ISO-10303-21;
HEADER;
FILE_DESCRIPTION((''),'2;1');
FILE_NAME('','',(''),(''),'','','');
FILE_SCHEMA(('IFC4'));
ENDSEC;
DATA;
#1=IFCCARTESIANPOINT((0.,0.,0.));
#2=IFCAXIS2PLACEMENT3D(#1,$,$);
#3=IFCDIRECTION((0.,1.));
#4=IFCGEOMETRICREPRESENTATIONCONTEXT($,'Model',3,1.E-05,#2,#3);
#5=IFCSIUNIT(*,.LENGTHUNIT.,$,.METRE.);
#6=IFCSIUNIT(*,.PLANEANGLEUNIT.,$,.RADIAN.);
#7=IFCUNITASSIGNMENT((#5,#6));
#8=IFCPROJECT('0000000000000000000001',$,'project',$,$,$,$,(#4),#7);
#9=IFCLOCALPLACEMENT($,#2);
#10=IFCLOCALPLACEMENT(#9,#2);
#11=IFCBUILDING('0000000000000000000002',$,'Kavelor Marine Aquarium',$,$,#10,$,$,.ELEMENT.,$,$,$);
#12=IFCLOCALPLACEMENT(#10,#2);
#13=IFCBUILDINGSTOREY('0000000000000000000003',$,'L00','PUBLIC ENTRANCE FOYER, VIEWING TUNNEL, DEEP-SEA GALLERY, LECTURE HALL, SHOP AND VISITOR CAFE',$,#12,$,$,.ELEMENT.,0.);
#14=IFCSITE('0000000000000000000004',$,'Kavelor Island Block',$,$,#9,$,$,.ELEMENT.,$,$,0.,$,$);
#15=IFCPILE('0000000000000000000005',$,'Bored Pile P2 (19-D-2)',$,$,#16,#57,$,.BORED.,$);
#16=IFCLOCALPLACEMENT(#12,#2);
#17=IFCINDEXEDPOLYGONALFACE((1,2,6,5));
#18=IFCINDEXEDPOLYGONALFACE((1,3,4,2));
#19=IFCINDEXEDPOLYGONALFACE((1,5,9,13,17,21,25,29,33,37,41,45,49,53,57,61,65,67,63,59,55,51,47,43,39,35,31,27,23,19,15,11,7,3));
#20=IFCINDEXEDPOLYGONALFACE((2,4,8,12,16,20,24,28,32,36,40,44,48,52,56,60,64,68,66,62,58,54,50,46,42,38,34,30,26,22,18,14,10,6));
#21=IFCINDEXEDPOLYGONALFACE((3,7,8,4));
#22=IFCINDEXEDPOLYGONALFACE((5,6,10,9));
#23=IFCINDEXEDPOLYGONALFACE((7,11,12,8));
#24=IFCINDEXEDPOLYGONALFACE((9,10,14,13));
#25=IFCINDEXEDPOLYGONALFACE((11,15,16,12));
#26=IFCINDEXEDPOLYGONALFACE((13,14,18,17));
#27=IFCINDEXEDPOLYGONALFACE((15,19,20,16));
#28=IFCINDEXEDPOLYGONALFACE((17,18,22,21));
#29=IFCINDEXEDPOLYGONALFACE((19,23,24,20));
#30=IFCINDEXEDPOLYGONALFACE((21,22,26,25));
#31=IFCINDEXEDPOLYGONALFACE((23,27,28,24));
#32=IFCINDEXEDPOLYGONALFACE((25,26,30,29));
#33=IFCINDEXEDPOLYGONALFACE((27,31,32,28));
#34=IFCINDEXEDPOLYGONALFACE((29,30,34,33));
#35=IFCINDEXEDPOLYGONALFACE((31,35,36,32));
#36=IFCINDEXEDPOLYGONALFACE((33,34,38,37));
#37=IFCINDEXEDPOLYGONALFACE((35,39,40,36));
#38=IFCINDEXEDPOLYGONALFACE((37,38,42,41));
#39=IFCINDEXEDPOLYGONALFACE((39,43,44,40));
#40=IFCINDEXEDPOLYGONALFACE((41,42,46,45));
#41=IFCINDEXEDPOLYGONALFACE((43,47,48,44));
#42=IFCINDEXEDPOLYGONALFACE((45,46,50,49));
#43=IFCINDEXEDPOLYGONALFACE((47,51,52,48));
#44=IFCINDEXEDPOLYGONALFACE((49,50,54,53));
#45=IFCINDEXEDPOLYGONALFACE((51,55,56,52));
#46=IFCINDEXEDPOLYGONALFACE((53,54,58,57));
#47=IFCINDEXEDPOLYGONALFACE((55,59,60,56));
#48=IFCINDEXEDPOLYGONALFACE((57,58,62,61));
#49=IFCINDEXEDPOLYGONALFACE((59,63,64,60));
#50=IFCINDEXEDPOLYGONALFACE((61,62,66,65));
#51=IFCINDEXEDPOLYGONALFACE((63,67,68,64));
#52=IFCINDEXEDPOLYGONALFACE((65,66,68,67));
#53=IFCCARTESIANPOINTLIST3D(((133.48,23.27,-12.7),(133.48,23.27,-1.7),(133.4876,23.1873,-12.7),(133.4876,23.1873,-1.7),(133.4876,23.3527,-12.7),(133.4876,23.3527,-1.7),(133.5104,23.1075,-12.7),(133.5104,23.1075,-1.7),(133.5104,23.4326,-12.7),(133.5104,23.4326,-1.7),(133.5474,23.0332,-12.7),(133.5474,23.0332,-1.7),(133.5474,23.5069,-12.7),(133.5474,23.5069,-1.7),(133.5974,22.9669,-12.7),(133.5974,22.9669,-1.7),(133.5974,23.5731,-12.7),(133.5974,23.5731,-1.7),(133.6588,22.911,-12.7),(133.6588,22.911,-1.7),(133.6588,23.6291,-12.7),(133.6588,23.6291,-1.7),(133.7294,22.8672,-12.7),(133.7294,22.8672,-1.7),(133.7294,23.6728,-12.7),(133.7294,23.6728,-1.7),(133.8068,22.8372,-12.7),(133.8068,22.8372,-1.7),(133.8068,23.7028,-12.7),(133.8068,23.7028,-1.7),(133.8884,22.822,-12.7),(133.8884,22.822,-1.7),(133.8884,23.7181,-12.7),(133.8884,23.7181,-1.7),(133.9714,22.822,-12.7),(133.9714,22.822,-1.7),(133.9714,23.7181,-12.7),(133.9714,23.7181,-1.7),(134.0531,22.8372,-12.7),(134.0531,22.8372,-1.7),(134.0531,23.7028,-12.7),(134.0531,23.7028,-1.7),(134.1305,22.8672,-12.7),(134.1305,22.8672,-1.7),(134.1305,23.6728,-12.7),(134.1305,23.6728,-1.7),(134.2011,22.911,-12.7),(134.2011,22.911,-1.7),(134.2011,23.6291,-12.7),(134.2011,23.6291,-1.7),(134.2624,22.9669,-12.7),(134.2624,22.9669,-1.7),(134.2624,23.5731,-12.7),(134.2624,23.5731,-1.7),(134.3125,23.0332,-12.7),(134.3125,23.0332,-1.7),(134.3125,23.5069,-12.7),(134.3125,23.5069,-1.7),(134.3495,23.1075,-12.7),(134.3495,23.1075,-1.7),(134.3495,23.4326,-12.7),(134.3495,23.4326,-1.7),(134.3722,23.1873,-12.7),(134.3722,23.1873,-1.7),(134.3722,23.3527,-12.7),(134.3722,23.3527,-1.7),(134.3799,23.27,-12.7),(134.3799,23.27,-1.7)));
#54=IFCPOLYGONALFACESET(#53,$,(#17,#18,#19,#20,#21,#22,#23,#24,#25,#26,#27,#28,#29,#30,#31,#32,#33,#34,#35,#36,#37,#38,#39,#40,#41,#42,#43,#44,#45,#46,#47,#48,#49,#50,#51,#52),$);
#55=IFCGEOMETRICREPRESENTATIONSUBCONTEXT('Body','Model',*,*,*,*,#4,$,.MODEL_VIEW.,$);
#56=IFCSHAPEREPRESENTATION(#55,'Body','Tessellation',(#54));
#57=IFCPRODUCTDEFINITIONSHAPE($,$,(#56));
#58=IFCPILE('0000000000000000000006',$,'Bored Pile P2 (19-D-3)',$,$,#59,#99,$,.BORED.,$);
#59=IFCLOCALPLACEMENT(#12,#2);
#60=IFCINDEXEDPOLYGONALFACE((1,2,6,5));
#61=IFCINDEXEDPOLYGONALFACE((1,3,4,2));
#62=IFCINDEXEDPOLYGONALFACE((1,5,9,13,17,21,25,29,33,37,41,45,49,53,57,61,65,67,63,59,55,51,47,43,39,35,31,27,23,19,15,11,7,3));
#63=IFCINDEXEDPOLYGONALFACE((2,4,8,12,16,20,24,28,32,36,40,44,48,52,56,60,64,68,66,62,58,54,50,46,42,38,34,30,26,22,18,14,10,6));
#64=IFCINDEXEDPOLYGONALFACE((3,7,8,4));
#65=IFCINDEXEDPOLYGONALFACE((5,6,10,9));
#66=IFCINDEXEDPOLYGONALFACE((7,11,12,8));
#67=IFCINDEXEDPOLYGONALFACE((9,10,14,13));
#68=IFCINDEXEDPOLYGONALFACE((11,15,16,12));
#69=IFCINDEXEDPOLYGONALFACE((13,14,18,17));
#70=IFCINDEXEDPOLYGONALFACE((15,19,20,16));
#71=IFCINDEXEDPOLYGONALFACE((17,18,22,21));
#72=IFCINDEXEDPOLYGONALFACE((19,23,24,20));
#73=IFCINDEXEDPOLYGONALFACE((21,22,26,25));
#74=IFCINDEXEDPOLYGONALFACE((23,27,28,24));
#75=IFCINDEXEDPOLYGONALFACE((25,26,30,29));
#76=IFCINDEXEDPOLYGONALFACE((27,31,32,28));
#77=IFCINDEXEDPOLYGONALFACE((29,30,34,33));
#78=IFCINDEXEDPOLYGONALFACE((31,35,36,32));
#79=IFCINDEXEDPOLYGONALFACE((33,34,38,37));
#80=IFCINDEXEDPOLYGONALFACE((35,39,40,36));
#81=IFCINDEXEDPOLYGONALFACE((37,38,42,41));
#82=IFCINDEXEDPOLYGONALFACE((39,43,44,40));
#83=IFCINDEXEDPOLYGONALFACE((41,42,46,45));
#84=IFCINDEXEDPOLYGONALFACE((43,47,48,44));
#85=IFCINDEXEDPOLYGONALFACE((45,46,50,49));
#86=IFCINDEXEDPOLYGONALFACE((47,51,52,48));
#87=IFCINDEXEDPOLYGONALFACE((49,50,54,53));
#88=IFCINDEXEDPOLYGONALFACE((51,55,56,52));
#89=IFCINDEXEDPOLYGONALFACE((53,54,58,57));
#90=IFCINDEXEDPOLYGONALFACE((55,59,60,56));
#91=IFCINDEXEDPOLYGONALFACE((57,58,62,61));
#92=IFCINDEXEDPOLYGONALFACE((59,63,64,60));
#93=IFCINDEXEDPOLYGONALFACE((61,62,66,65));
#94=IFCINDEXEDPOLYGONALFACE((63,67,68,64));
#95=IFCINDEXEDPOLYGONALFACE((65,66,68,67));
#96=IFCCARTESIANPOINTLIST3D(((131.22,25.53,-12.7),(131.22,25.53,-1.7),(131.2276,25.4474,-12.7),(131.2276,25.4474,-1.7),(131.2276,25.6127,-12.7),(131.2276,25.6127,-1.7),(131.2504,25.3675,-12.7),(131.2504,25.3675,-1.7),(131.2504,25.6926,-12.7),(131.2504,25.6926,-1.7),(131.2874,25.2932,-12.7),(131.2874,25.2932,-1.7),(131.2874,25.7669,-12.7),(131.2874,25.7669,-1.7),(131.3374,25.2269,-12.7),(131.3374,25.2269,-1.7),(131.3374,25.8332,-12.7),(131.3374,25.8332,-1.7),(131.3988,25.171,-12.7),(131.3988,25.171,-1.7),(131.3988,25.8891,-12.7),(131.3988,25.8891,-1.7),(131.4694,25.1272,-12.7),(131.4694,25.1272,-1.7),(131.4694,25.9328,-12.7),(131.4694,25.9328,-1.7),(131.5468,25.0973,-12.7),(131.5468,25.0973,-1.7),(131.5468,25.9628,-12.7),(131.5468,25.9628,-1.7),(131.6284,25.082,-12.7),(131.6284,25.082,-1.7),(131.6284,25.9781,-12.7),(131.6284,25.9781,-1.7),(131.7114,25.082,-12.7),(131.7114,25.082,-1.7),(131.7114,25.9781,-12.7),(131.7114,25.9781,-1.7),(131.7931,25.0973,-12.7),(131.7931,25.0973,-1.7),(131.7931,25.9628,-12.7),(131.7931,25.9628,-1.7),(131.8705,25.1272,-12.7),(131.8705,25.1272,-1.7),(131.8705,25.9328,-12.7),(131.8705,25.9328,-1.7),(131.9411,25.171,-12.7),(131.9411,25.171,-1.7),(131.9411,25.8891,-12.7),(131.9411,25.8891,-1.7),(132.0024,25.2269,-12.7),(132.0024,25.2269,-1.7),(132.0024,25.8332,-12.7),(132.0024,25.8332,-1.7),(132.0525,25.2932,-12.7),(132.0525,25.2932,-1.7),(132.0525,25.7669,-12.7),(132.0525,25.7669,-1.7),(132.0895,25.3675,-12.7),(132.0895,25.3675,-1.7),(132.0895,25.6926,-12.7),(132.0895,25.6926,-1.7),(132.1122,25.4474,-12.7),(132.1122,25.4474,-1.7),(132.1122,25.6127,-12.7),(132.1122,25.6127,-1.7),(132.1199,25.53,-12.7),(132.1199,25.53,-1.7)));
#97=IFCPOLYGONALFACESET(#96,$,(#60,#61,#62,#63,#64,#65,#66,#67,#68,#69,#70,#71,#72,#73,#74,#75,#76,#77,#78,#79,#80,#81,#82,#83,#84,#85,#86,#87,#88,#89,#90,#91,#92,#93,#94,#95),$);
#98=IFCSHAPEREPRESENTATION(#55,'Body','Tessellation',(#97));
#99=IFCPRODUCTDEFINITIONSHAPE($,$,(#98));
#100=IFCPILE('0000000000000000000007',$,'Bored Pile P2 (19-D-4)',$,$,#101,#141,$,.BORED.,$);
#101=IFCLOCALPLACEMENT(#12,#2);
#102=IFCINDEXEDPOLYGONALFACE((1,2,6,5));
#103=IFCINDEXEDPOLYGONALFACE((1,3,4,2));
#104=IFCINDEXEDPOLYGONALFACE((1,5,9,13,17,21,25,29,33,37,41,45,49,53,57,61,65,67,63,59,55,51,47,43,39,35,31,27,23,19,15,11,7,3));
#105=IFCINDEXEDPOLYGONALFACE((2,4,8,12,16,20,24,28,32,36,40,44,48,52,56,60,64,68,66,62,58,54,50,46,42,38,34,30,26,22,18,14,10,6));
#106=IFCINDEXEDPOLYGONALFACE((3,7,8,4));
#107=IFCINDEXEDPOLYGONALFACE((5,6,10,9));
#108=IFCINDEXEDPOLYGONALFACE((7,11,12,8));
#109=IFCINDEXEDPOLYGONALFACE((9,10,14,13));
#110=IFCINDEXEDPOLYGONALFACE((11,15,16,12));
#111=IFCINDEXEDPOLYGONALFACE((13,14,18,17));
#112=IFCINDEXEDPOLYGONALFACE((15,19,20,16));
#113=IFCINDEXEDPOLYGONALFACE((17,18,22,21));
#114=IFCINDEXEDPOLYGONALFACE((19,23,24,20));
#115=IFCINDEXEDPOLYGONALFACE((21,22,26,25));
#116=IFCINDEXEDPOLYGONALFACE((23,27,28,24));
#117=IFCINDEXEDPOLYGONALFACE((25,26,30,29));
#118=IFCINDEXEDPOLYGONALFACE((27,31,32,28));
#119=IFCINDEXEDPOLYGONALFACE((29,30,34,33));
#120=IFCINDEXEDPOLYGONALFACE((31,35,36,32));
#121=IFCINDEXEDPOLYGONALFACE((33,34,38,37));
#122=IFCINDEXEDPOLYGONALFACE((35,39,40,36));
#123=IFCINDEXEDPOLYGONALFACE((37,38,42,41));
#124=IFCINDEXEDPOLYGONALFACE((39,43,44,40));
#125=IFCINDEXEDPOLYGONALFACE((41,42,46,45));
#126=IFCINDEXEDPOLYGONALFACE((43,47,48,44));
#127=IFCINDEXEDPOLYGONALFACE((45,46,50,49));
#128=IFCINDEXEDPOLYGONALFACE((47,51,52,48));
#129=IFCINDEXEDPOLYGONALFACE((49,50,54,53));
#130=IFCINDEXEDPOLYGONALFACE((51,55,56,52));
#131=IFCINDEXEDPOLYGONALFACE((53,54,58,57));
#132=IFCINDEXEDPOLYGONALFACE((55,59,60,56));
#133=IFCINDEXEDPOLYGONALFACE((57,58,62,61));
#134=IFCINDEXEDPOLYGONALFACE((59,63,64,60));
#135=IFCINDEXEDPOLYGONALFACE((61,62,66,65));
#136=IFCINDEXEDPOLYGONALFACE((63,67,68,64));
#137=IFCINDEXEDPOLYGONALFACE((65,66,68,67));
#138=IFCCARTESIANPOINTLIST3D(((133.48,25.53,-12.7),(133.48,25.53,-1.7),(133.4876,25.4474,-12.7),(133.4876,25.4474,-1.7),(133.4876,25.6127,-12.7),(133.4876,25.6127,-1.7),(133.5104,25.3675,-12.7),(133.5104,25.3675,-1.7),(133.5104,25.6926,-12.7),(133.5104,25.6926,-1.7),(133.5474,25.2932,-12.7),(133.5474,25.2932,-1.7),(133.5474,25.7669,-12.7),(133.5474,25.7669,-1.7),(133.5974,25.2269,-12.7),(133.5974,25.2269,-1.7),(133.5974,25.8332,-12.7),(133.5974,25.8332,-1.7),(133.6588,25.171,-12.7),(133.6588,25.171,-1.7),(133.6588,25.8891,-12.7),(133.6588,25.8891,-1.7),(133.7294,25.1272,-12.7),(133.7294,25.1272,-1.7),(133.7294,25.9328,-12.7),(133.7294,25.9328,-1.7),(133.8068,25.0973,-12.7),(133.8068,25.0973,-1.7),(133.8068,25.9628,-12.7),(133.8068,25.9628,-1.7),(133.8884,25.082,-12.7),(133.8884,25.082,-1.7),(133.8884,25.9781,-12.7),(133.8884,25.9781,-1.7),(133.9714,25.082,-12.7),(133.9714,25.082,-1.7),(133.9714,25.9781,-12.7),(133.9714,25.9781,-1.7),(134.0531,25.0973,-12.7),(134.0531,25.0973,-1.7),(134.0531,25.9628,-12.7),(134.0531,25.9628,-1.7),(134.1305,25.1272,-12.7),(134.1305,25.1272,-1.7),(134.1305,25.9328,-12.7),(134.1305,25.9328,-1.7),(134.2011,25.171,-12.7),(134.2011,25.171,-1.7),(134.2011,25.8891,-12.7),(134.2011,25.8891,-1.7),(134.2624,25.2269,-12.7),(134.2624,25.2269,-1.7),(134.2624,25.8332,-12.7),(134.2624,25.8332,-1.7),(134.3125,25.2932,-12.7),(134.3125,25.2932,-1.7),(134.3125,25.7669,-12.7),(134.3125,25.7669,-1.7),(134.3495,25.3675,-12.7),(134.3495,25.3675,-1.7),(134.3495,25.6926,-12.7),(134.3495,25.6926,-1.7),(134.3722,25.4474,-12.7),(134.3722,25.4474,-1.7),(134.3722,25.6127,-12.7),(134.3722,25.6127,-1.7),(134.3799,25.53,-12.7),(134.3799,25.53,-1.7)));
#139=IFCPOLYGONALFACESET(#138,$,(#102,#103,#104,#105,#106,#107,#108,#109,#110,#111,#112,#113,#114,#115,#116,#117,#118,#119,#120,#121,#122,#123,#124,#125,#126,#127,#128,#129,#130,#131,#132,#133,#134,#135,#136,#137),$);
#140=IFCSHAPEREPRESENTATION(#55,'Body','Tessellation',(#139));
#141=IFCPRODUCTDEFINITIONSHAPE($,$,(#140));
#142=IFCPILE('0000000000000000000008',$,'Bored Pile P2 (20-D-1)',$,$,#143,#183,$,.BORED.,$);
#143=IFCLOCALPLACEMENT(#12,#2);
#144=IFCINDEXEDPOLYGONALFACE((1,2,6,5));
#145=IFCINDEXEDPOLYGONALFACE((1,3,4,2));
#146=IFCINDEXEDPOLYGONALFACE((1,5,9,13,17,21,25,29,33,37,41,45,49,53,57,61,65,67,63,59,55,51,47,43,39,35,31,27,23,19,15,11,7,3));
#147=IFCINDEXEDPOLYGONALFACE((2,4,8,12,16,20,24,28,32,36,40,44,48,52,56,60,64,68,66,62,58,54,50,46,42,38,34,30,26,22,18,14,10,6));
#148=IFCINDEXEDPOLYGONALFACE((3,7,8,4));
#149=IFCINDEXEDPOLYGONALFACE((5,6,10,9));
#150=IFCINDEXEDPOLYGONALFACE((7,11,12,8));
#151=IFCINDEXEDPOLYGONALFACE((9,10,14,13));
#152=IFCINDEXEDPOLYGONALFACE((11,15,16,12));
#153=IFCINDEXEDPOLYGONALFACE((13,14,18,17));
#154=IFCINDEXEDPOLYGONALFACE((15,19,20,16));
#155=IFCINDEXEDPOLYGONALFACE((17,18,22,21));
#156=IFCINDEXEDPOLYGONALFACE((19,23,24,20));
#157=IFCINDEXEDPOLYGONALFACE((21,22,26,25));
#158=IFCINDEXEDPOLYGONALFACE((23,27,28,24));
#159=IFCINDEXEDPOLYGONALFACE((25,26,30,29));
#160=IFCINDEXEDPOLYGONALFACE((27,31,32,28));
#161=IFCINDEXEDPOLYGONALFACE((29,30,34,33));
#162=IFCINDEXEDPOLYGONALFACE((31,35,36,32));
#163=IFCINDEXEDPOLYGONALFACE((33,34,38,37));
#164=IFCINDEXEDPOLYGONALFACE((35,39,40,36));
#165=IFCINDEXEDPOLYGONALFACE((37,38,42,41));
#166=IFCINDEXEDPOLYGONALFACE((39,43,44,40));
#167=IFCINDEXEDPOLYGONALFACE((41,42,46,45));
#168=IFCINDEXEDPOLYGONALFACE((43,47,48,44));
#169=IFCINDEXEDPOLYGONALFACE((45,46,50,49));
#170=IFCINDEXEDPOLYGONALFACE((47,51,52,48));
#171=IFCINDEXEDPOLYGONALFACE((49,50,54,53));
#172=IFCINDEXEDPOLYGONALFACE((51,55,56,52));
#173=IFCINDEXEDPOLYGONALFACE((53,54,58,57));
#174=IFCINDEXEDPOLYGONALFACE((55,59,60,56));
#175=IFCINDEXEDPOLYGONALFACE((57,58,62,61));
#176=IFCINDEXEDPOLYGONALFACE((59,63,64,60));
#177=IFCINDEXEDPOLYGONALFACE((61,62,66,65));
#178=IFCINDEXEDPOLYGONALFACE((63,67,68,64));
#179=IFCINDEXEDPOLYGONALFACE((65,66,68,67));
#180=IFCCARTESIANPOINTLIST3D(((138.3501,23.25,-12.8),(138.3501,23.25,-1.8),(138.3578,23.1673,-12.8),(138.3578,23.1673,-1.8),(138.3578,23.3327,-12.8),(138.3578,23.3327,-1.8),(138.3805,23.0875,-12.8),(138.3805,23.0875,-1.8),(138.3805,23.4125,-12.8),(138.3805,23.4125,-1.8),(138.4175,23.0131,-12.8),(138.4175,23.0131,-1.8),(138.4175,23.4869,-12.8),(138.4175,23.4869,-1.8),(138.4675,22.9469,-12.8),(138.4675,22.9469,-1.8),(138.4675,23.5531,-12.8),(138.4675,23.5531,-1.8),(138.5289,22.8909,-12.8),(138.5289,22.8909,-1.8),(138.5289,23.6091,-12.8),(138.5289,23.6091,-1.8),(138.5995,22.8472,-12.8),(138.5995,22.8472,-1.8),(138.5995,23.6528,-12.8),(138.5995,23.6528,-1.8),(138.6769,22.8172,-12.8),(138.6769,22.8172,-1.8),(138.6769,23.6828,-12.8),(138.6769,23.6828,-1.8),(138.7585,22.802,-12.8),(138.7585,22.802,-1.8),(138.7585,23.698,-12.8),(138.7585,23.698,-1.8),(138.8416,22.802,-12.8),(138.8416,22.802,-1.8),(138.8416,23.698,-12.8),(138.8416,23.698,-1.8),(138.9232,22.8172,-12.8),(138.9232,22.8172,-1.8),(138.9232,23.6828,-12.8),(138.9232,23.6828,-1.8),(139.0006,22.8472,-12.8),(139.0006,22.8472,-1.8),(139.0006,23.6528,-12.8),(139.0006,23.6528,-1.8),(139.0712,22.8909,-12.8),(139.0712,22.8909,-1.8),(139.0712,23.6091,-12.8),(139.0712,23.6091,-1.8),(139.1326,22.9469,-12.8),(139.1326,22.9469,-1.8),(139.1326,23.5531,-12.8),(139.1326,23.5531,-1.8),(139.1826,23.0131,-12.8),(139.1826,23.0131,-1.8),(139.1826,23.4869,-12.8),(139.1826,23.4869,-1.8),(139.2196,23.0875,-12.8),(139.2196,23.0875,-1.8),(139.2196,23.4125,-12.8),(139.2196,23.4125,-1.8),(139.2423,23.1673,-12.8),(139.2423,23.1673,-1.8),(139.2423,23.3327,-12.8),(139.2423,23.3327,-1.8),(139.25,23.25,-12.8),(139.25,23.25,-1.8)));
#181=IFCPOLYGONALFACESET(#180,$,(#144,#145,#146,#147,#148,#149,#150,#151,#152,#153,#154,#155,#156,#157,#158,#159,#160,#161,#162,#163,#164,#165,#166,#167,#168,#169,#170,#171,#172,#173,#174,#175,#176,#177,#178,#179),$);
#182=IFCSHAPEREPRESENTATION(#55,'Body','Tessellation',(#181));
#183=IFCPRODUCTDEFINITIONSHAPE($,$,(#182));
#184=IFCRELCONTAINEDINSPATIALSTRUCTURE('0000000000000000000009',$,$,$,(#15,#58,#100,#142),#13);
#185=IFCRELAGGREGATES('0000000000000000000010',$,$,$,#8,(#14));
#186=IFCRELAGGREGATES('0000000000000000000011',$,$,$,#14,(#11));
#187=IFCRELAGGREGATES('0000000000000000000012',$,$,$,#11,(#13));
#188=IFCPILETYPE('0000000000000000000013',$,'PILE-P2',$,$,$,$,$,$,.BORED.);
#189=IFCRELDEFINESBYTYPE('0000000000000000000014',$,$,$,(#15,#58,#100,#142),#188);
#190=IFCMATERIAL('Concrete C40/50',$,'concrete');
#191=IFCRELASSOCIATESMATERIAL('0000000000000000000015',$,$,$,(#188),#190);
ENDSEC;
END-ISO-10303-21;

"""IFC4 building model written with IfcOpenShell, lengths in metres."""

from ifc_helpers import new_model, si_unit, direction, frame, origin, origin_2d, place, context, subcontext, project, spatial, circle, extrude, material, material_profile, profile_set, type_object, element, save


model = new_model("IFC4")

# Units and contexts
model_context = context("Model", 3, precision=1e-05, world=origin(), true_north=direction((0.0, 1.0)))
body_context = subcontext(model_context, "Body", "Model", "MODEL_VIEW")
ifc_project = project(units=[si_unit("LENGTHUNIT", "METRE"), si_unit("PLANEANGLEUNIT", "RADIAN")], contexts=[model_context])

# Site, building, storey
site_placement = place(None, origin())
site = spatial("IfcSite", under=ifc_project, at=site_placement, Name="Kavelor Island Block", CompositionType="ELEMENT", RefElevation=0.0)
building_placement = place(site_placement, origin())
building = spatial("IfcBuilding", under=site, at=building_placement, Name="Kavelor Marine Aquarium", CompositionType="ELEMENT")
storey_placement = place(building_placement, origin())
storey = spatial("IfcBuildingStorey", under=building, at=storey_placement, Name="L00", Description="PUBLIC ENTRANCE FOYER, VIEWING TUNNEL, DEEP-SEA GALLERY, LECTURE HALL, SHOP AND VISITOR CAFE", CompositionType="ELEMENT", Elevation=0.0)

# Piles
ifc_material_1 = material(Name="Concrete C40/50", Category="concrete")
ifc_material_profile_1 = material_profile(ifc_material_1, circle(Radius=0.45, at=origin_2d()), Name="PILE D900")
ifc_profile_set_1 = profile_set([ifc_material_profile_1], Name="Concrete C40/50")
pile_type_1 = type_object("IfcPileType", Name="PILE-P2", PredefinedType="BORED", material=ifc_profile_set_1)
for number, where, z_axis, x_axis, name in (
    (1, (133.9299, 23.27, -1.7), (0.0, 0.0, -1.0), (1.0, 0.0, 0.0), "Bored Pile P2 (19-D-2)"),
    (2, (131.6699, 25.53, -1.7), (0.0, 0.0, -1.0), (1.0, 0.0, 0.0), "Bored Pile P2 (19-D-3)"),
    (3, (133.9299, 25.53, -1.7), (0.0, 0.0, -1.0), (1.0, 0.0, 0.0), "Bored Pile P2 (19-D-4)"),
    (4, (138.8, 23.25, -1.8), (0.0, 0.0, -1.0), (1.0, 0.0, 0.0), "Bored Pile P2 (20-D-1)"),
):
    element("IfcPile", number, at=place(storey_placement, frame(where, z_axis=z_axis, x_axis=x_axis)), inside=storey, type_object=pile_type_1, Name=name, PredefinedType="BORED", context=body_context, shape_type="SweptSolid", body=[
        extrude(circle(Radius=0.45, at=origin_2d()), origin(), (0.0, 0.0, 1.0), 11.0),
    ])

save(model, "model.ifc")
